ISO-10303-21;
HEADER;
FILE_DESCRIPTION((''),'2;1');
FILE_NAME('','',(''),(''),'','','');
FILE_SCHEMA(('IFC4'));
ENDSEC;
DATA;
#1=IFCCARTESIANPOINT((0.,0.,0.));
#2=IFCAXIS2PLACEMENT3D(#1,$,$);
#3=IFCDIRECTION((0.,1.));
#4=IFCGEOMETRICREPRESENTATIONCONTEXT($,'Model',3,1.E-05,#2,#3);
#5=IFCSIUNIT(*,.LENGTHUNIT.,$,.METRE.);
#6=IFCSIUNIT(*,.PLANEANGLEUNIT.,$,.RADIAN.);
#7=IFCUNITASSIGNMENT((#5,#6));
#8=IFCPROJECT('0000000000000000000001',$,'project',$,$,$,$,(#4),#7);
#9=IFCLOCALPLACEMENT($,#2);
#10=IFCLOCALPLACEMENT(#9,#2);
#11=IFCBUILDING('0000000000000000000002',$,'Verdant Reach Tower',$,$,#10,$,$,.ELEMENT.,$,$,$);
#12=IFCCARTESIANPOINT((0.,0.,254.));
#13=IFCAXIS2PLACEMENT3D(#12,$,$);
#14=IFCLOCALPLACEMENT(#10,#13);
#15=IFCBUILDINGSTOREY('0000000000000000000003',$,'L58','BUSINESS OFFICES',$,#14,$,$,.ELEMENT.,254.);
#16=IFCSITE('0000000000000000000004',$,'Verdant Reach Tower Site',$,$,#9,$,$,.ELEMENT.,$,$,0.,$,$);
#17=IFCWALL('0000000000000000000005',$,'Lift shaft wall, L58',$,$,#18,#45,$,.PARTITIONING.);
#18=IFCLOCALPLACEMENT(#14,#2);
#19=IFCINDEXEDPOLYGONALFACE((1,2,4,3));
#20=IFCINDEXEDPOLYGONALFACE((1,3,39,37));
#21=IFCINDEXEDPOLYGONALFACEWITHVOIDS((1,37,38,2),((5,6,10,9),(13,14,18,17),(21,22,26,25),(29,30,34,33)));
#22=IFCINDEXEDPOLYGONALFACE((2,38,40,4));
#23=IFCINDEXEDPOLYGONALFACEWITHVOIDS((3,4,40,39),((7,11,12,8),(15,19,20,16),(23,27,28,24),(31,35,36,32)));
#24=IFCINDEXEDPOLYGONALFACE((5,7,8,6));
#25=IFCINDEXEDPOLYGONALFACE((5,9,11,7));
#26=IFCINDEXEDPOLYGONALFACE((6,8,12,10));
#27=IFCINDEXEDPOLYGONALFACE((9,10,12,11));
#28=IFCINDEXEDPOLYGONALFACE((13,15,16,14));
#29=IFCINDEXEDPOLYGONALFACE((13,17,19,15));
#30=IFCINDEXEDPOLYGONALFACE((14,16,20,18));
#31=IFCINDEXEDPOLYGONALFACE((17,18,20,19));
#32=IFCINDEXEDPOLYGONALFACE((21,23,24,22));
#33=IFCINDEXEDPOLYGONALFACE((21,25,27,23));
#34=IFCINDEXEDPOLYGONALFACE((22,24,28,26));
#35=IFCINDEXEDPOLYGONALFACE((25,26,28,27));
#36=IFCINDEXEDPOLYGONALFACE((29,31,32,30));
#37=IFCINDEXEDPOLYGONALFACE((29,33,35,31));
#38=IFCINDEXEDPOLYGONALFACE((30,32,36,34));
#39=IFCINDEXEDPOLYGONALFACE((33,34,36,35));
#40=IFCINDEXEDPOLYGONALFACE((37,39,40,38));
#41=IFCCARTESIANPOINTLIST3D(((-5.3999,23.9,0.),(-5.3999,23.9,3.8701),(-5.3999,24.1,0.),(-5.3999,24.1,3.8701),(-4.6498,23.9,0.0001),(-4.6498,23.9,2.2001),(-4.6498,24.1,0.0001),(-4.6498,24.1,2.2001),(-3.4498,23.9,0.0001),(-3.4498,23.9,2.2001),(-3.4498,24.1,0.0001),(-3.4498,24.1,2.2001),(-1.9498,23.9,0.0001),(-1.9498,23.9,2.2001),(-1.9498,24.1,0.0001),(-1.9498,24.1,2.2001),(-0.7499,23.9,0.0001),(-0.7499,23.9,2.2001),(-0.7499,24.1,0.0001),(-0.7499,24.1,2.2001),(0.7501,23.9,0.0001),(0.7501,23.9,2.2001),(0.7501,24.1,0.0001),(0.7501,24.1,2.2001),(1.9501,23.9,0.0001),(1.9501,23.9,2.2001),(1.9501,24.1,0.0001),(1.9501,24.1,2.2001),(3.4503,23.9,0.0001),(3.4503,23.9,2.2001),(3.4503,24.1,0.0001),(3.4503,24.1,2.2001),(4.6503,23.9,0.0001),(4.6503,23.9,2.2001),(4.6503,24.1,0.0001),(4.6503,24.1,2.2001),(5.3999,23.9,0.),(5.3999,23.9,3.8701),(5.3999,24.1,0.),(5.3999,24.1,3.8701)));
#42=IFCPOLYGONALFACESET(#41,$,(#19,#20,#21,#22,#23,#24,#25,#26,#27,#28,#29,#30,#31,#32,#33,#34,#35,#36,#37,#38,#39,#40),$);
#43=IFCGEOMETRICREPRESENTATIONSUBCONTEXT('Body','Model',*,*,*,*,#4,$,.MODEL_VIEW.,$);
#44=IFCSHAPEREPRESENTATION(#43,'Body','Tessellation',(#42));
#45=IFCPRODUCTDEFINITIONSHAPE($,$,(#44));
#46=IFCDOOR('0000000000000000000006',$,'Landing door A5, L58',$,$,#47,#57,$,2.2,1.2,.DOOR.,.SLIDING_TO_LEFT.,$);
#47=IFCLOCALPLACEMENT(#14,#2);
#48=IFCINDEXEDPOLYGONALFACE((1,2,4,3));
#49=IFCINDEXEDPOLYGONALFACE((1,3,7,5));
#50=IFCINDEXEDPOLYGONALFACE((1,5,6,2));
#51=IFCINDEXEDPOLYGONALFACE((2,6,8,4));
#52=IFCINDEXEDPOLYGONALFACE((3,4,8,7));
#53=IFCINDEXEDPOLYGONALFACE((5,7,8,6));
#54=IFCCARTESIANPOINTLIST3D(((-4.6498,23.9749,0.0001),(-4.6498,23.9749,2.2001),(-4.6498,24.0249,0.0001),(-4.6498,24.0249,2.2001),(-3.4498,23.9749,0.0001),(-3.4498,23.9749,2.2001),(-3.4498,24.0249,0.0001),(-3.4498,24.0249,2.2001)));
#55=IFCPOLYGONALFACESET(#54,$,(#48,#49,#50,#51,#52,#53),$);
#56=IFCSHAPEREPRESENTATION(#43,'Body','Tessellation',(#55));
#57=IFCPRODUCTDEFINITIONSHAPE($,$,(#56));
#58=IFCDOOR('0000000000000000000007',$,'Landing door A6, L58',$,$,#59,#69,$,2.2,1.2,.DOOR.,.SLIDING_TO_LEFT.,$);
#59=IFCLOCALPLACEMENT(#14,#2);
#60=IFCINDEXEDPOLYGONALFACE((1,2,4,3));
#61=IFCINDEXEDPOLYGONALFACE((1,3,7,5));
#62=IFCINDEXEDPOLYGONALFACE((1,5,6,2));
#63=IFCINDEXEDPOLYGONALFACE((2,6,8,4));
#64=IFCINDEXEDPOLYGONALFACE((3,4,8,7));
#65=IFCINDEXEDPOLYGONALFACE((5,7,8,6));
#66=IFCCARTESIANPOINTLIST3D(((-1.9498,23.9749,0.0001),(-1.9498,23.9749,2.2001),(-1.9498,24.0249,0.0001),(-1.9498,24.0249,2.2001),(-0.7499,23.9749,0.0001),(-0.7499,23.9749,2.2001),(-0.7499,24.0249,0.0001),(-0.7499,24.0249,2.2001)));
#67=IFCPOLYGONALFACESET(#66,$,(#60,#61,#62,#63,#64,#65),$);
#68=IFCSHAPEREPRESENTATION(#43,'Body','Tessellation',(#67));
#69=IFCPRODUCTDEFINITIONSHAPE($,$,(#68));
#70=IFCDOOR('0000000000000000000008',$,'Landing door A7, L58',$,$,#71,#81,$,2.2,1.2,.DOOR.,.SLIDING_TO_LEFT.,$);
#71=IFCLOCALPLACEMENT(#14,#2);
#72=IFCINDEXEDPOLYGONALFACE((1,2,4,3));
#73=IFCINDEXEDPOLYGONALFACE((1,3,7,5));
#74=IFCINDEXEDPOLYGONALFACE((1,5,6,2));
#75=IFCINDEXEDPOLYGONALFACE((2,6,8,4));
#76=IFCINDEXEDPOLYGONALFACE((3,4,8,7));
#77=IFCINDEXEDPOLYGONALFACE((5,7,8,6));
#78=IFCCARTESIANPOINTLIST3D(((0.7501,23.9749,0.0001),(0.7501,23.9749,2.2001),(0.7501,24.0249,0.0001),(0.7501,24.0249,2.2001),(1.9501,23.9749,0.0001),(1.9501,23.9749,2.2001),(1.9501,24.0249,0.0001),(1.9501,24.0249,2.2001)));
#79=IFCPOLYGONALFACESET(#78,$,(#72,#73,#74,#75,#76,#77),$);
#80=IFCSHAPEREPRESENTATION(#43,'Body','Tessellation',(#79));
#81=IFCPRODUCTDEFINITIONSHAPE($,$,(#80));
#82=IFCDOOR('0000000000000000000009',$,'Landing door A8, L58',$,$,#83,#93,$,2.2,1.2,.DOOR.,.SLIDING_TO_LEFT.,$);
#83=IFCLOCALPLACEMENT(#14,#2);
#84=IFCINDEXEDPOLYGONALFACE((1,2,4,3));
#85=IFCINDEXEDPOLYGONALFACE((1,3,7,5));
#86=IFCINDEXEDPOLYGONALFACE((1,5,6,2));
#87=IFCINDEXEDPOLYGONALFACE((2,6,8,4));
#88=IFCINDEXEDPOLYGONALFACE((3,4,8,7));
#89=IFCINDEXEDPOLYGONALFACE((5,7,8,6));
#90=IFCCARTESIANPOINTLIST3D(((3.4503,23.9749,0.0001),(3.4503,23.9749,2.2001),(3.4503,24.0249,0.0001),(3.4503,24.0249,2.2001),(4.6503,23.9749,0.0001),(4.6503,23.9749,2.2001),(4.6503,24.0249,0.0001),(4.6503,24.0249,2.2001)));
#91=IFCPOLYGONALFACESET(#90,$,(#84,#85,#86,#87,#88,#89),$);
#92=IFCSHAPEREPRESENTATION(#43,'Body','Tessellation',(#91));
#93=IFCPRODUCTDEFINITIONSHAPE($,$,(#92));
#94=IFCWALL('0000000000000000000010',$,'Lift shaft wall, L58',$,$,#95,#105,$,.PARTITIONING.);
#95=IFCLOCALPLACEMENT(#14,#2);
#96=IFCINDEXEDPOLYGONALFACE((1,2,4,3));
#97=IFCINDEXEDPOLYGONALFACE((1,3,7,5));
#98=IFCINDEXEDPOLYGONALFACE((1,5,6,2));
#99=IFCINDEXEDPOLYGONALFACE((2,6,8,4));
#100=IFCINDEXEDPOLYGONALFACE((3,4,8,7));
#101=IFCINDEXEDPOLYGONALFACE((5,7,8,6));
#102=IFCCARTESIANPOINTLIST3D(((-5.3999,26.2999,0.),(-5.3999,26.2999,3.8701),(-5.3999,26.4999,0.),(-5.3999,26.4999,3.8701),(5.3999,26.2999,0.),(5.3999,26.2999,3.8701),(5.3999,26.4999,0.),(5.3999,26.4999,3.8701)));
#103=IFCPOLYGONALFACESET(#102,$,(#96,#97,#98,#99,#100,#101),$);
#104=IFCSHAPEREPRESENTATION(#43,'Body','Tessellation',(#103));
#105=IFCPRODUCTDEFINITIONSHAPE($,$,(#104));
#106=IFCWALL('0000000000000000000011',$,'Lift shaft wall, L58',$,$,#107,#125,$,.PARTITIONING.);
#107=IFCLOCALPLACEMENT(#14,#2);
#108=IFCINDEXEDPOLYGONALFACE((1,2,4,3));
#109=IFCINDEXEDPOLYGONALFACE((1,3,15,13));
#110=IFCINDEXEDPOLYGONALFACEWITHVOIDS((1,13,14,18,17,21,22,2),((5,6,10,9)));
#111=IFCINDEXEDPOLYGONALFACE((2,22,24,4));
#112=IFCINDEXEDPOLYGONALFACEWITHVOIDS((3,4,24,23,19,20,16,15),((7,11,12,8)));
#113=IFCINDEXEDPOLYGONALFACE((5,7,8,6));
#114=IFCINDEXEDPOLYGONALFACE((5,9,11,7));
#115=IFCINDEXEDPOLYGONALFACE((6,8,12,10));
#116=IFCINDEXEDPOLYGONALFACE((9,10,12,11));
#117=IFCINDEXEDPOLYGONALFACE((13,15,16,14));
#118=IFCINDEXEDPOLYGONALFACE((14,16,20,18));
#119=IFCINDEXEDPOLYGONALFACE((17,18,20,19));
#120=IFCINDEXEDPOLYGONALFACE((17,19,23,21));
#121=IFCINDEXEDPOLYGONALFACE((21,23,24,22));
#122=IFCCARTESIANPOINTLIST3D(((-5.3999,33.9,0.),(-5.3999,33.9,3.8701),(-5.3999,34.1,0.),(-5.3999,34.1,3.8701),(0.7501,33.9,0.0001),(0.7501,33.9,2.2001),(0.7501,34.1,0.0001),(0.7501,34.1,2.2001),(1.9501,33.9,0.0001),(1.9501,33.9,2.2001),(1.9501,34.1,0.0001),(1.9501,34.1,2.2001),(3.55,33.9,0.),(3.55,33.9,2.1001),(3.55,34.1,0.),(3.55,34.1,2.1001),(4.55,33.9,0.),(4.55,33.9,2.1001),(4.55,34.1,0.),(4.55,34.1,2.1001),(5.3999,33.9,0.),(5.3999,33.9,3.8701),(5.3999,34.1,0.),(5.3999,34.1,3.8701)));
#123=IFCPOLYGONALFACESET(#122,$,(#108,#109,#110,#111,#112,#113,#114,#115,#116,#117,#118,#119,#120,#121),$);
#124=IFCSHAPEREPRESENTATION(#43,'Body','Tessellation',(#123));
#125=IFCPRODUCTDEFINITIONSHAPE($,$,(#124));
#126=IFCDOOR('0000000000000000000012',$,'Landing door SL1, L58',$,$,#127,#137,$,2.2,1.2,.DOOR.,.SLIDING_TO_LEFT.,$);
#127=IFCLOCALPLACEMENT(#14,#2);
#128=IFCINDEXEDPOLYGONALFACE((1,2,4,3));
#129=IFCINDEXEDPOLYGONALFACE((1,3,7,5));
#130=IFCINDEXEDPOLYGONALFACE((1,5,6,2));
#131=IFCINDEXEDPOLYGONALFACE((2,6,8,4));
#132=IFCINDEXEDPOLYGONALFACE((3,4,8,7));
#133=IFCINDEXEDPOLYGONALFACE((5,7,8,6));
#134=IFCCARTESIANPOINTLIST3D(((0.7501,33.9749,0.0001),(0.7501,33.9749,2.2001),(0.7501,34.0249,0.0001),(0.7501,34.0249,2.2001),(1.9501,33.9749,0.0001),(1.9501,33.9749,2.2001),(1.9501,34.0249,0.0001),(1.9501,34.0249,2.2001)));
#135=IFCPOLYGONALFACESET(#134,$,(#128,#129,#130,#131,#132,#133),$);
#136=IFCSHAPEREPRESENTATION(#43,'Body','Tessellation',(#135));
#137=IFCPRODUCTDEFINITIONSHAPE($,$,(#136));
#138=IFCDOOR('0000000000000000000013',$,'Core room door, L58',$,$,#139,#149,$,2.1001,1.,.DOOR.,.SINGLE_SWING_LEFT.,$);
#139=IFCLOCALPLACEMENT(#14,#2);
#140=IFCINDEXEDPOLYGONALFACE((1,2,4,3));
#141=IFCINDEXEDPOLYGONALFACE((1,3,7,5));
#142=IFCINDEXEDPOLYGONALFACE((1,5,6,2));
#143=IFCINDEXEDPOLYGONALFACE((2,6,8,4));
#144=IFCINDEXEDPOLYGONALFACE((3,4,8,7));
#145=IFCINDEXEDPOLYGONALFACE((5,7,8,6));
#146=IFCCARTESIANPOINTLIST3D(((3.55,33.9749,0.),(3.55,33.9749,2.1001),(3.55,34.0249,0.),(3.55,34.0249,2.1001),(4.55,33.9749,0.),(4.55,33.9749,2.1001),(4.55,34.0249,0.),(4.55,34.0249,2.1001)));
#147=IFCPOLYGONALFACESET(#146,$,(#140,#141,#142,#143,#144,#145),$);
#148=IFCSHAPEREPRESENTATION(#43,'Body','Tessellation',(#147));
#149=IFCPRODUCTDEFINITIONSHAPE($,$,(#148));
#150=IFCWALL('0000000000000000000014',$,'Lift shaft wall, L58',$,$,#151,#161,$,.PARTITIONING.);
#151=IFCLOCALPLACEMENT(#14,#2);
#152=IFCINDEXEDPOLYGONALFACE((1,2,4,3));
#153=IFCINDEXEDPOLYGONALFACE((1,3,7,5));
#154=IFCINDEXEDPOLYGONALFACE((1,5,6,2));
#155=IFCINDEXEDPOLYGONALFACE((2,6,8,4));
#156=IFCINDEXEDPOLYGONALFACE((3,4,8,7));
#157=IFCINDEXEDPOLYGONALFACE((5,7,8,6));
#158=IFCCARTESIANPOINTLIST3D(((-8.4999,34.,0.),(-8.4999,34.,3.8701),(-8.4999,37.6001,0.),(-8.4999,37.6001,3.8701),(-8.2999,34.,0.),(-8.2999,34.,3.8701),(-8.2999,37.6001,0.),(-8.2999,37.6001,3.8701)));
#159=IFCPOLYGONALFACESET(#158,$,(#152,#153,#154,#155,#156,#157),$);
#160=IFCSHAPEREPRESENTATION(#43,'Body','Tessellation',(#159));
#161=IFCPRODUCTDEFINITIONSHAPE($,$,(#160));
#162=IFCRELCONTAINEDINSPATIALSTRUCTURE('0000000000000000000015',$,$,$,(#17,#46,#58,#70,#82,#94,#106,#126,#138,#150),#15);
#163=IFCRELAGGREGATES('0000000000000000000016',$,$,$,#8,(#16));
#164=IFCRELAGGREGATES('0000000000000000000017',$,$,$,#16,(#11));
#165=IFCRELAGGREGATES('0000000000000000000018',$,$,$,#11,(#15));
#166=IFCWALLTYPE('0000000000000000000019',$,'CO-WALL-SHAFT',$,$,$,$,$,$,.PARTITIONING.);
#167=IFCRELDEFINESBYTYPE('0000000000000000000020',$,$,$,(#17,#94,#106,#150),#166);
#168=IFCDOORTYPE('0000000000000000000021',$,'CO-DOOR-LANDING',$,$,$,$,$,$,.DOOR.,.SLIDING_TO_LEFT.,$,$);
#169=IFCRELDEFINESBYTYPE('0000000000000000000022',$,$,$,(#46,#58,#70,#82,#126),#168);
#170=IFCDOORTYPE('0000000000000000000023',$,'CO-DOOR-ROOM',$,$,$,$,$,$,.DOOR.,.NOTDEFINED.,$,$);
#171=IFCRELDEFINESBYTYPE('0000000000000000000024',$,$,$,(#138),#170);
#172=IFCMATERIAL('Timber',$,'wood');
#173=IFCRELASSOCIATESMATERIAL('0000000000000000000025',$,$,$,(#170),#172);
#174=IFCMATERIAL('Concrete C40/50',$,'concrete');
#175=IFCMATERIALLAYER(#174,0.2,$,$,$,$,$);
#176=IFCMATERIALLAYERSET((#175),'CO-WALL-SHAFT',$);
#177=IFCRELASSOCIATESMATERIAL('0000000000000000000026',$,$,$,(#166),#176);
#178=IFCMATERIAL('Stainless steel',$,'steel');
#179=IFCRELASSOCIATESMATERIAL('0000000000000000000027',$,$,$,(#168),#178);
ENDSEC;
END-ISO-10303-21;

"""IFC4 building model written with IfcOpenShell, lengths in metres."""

from ifc_helpers import new_model, si_unit, direction, frame, frame_2d, origin, place, context, subcontext, project, spatial, rectangle, extrude, material, layer, layer_set, type_object, element, fill, save


model = new_model("IFC4")

# Units and contexts
model_context = context("Model", 3, precision=1e-05, world=origin(), true_north=direction((0.0, 1.0)))
body_context = subcontext(model_context, "Body", "Model", "MODEL_VIEW")
ifc_project = project(units=[si_unit("LENGTHUNIT", "METRE"), si_unit("PLANEANGLEUNIT", "RADIAN")], contexts=[model_context])

# Site, building, storey
site_placement = place(None, origin())
site = spatial("IfcSite", under=ifc_project, at=site_placement, Name="Verdant Reach Tower Site", CompositionType="ELEMENT", RefElevation=0.0)
building_placement = place(site_placement, origin())
building = spatial("IfcBuilding", under=site, at=building_placement, Name="Verdant Reach Tower", CompositionType="ELEMENT")
storey_placement = place(building_placement, frame((0.0, 0.0, 254.0)))
storey = spatial("IfcBuildingStorey", under=building, at=storey_placement, Name="L58", Description="BUSINESS OFFICES", CompositionType="ELEMENT", Elevation=254.0)

# Shared definitions
ifc_material_1 = material(Name="Timber", Category="wood")
door_type_1 = type_object("IfcDoorType", Name="CO-DOOR-ROOM", OperationType="NOTDEFINED", PredefinedType="DOOR", material=ifc_material_1)

# Wall, openings, doors
ifc_material_2 = material(Name="Concrete C40/50", Category="concrete")
ifc_layer_1 = layer(ifc_material_2, 0.2)
ifc_layer_set_1 = layer_set([ifc_layer_1], Name="CO-WALL-SHAFT")
wall_type_1 = type_object("IfcWallType", Name="CO-WALL-SHAFT", PredefinedType="PARTITIONING", material=ifc_layer_set_1)
wall_1_placement = place(storey_placement, frame((-5.3999, 24.0, 0.0), z_axis=(0.0, 0.0, 1.0), x_axis=(1.0, 0.0, 0.0)))
wall_1 = element("IfcWall", 1, at=wall_1_placement, inside=storey, type_object=wall_type_1, Name="Lift shaft wall, L58", PredefinedType="PARTITIONING", context=body_context, shape_type="SweptSolid", body=[
    extrude(rectangle(XDim=10.7998, YDim=0.2, at=frame_2d((5.3999, 0.0))), origin(), (0.0, 0.0, 1.0), 3.8701),
])
opening_1_placement = place(wall_1_placement, frame((0.75, 0.0, 0.0)))
opening_1 = element("IfcOpeningElement", 2, at=opening_1_placement, cuts=wall_1, PredefinedType="OPENING", context=body_context, shape_type="SweptSolid", body=[
    extrude(rectangle(XDim=1.2, YDim=2.2, at=frame_2d((0.6001, 1.1001))), frame((0.0, 0.1099, 0.0), z_axis=(0.0, -1.0, 0.0), x_axis=(1.0, 0.0, 0.0)), (0.0, 0.0, 1.0), 0.22),
])
opening_2_placement = place(wall_1_placement, frame((3.45, 0.0, 0.0)))
opening_2 = element("IfcOpeningElement", 3, at=opening_2_placement, cuts=wall_1, PredefinedType="OPENING", context=body_context, shape_type="SweptSolid", body=[
    extrude(rectangle(XDim=1.2, YDim=2.2, at=frame_2d((0.6001, 1.1001))), frame((0.0, 0.1099, 0.0), z_axis=(0.0, -1.0, 0.0), x_axis=(1.0, 0.0, 0.0)), (0.0, 0.0, 1.0), 0.22),
])
opening_3_placement = place(wall_1_placement, frame((6.1499, 0.0, 0.0)))
opening_3 = element("IfcOpeningElement", 4, at=opening_3_placement, cuts=wall_1, PredefinedType="OPENING", context=body_context, shape_type="SweptSolid", body=[
    extrude(rectangle(XDim=1.2, YDim=2.2, at=frame_2d((0.6001, 1.1001))), frame((0.0, 0.1099, 0.0), z_axis=(0.0, -1.0, 0.0), x_axis=(1.0, 0.0, 0.0)), (0.0, 0.0, 1.0), 0.22),
])
opening_4_placement = place(wall_1_placement, frame((8.8501, 0.0, 0.0)))
opening_4 = element("IfcOpeningElement", 5, at=opening_4_placement, cuts=wall_1, PredefinedType="OPENING", context=body_context, shape_type="SweptSolid", body=[
    extrude(rectangle(XDim=1.2, YDim=2.2, at=frame_2d((0.6001, 1.1001))), frame((0.0, 0.1099, 0.0), z_axis=(0.0, -1.0, 0.0), x_axis=(1.0, 0.0, 0.0)), (0.0, 0.0, 1.0), 0.22),
])
ifc_material_3 = material(Name="Stainless steel", Category="steel")
door_type_2 = type_object("IfcDoorType", Name="CO-DOOR-LANDING", OperationType="SLIDING_TO_LEFT", PredefinedType="DOOR", material=ifc_material_3)
door_1_placement = place(opening_1_placement, origin())
door_1 = element("IfcDoor", 6, at=door_1_placement, inside=storey, type_object=door_type_2, Name="Landing door A5, L58", OperationType="SLIDING_TO_LEFT", OverallHeight=2.2, OverallWidth=1.2, PredefinedType="DOOR", context=body_context, shape_type="SweptSolid", body=[
    extrude(rectangle(XDim=1.2, YDim=2.2, at=frame_2d((0.6001, 1.1001))), frame((0.0, 0.0249, 0.0), z_axis=(0.0, -1.0, 0.0), x_axis=(1.0, 0.0, 0.0)), (0.0, 0.0, 1.0), 0.05),
])
fill(opening_1, door_1)
door_2_placement = place(opening_2_placement, origin())
door_2 = element("IfcDoor", 7, at=door_2_placement, inside=storey, type_object=door_type_2, Name="Landing door A6, L58", OperationType="SLIDING_TO_LEFT", OverallHeight=2.2, OverallWidth=1.2, PredefinedType="DOOR", context=body_context, shape_type="SweptSolid", body=[
    extrude(rectangle(XDim=1.2, YDim=2.2, at=frame_2d((0.6001, 1.1001))), frame((0.0, 0.0249, 0.0), z_axis=(0.0, -1.0, 0.0), x_axis=(1.0, 0.0, 0.0)), (0.0, 0.0, 1.0), 0.05),
])
fill(opening_2, door_2)
door_3_placement = place(opening_3_placement, origin())
door_3 = element("IfcDoor", 8, at=door_3_placement, inside=storey, type_object=door_type_2, Name="Landing door A7, L58", OperationType="SLIDING_TO_LEFT", OverallHeight=2.2, OverallWidth=1.2, PredefinedType="DOOR", context=body_context, shape_type="SweptSolid", body=[
    extrude(rectangle(XDim=1.2, YDim=2.2, at=frame_2d((0.6001, 1.1001))), frame((0.0, 0.0249, 0.0), z_axis=(0.0, -1.0, 0.0), x_axis=(1.0, 0.0, 0.0)), (0.0, 0.0, 1.0), 0.05),
])
fill(opening_3, door_3)
door_4_placement = place(opening_4_placement, origin())
door_4 = element("IfcDoor", 9, at=door_4_placement, inside=storey, type_object=door_type_2, Name="Landing door A8, L58", OperationType="SLIDING_TO_LEFT", OverallHeight=2.2, OverallWidth=1.2, PredefinedType="DOOR", context=body_context, shape_type="SweptSolid", body=[
    extrude(rectangle(XDim=1.2, YDim=2.2, at=frame_2d((0.6001, 1.1001))), frame((0.0, 0.0249, 0.0), z_axis=(0.0, -1.0, 0.0), x_axis=(1.0, 0.0, 0.0)), (0.0, 0.0, 1.0), 0.05),
])
fill(opening_4, door_4)

# Wall
wall_2_placement = place(storey_placement, frame((-5.3999, 26.3999, 0.0), z_axis=(0.0, 0.0, 1.0), x_axis=(1.0, 0.0, 0.0)))
element("IfcWall", 10, at=wall_2_placement, inside=storey, type_object=wall_type_1, Name="Lift shaft wall, L58", PredefinedType="PARTITIONING", context=body_context, shape_type="SweptSolid", body=[
    extrude(rectangle(XDim=10.7998, YDim=0.2, at=frame_2d((5.3999, 0.0))), origin(), (0.0, 0.0, 1.0), 3.8701),
])

# Wall, openings, doors
wall_3_placement = place(storey_placement, frame((-5.3999, 34.0, 0.0), z_axis=(0.0, 0.0, 1.0), x_axis=(1.0, 0.0, 0.0)))
wall_3 = element("IfcWall", 11, at=wall_3_placement, inside=storey, type_object=wall_type_1, Name="Lift shaft wall, L58", PredefinedType="PARTITIONING", context=body_context, shape_type="SweptSolid", body=[
    extrude(rectangle(XDim=10.7998, YDim=0.2, at=frame_2d((5.3999, 0.0))), origin(), (0.0, 0.0, 1.0), 3.8701),
])
opening_5_placement = place(wall_3_placement, frame((6.1499, 0.0, 0.0)))
opening_5 = element("IfcOpeningElement", 12, at=opening_5_placement, cuts=wall_3, PredefinedType="OPENING", context=body_context, shape_type="SweptSolid", body=[
    extrude(rectangle(XDim=1.2, YDim=2.2, at=frame_2d((0.6001, 1.1001))), frame((0.0, 0.1099, 0.0), z_axis=(0.0, -1.0, 0.0), x_axis=(1.0, 0.0, 0.0)), (0.0, 0.0, 1.0), 0.22),
])
opening_6_placement = place(wall_3_placement, frame((8.95, 0.0, 0.0)))
opening_6 = element("IfcOpeningElement", 13, at=opening_6_placement, cuts=wall_3, PredefinedType="OPENING", context=body_context, shape_type="SweptSolid", body=[
    extrude(rectangle(XDim=1.0, YDim=2.1001, at=frame_2d((0.5, 1.05))), frame((0.0, 0.1099, 0.0), z_axis=(0.0, -1.0, 0.0), x_axis=(1.0, 0.0, 0.0)), (0.0, 0.0, 1.0), 0.22),
])
door_5_placement = place(opening_5_placement, origin())
door_5 = element("IfcDoor", 14, at=door_5_placement, inside=storey, type_object=door_type_2, Name="Landing door SL1, L58", OperationType="SLIDING_TO_LEFT", OverallHeight=2.2, OverallWidth=1.2, PredefinedType="DOOR", context=body_context, shape_type="SweptSolid", body=[
    extrude(rectangle(XDim=1.2, YDim=2.2, at=frame_2d((0.6001, 1.1001))), frame((0.0, 0.0249, 0.0), z_axis=(0.0, -1.0, 0.0), x_axis=(1.0, 0.0, 0.0)), (0.0, 0.0, 1.0), 0.05),
])
fill(opening_5, door_5)
door_6_placement = place(opening_6_placement, origin())
door_6 = element("IfcDoor", 15, at=door_6_placement, inside=storey, type_object=door_type_1, Name="Core room door, L58", OperationType="SINGLE_SWING_LEFT", OverallHeight=2.1001, OverallWidth=1.0, PredefinedType="DOOR", context=body_context, shape_type="SweptSolid", body=[
    extrude(rectangle(XDim=1.0, YDim=2.1001, at=frame_2d((0.5, 1.05))), frame((0.0, 0.0249, 0.0), z_axis=(0.0, -1.0, 0.0), x_axis=(1.0, 0.0, 0.0)), (0.0, 0.0, 1.0), 0.05),
])
fill(opening_6, door_6)

# Wall
wall_4_placement = place(storey_placement, frame((-8.3999, 34.0, 0.0), z_axis=(0.0, 0.0, 1.0), x_axis=(0.0, 1.0, 0.0)))
element("IfcWall", 16, at=wall_4_placement, inside=storey, type_object=wall_type_1, Name="Lift shaft wall, L58", PredefinedType="PARTITIONING", context=body_context, shape_type="SweptSolid", body=[
    extrude(rectangle(XDim=3.6001, YDim=0.2, at=frame_2d((1.8, 0.0))), origin(), (0.0, 0.0, 1.0), 3.8701),
])

save(model, "model.ifc")
